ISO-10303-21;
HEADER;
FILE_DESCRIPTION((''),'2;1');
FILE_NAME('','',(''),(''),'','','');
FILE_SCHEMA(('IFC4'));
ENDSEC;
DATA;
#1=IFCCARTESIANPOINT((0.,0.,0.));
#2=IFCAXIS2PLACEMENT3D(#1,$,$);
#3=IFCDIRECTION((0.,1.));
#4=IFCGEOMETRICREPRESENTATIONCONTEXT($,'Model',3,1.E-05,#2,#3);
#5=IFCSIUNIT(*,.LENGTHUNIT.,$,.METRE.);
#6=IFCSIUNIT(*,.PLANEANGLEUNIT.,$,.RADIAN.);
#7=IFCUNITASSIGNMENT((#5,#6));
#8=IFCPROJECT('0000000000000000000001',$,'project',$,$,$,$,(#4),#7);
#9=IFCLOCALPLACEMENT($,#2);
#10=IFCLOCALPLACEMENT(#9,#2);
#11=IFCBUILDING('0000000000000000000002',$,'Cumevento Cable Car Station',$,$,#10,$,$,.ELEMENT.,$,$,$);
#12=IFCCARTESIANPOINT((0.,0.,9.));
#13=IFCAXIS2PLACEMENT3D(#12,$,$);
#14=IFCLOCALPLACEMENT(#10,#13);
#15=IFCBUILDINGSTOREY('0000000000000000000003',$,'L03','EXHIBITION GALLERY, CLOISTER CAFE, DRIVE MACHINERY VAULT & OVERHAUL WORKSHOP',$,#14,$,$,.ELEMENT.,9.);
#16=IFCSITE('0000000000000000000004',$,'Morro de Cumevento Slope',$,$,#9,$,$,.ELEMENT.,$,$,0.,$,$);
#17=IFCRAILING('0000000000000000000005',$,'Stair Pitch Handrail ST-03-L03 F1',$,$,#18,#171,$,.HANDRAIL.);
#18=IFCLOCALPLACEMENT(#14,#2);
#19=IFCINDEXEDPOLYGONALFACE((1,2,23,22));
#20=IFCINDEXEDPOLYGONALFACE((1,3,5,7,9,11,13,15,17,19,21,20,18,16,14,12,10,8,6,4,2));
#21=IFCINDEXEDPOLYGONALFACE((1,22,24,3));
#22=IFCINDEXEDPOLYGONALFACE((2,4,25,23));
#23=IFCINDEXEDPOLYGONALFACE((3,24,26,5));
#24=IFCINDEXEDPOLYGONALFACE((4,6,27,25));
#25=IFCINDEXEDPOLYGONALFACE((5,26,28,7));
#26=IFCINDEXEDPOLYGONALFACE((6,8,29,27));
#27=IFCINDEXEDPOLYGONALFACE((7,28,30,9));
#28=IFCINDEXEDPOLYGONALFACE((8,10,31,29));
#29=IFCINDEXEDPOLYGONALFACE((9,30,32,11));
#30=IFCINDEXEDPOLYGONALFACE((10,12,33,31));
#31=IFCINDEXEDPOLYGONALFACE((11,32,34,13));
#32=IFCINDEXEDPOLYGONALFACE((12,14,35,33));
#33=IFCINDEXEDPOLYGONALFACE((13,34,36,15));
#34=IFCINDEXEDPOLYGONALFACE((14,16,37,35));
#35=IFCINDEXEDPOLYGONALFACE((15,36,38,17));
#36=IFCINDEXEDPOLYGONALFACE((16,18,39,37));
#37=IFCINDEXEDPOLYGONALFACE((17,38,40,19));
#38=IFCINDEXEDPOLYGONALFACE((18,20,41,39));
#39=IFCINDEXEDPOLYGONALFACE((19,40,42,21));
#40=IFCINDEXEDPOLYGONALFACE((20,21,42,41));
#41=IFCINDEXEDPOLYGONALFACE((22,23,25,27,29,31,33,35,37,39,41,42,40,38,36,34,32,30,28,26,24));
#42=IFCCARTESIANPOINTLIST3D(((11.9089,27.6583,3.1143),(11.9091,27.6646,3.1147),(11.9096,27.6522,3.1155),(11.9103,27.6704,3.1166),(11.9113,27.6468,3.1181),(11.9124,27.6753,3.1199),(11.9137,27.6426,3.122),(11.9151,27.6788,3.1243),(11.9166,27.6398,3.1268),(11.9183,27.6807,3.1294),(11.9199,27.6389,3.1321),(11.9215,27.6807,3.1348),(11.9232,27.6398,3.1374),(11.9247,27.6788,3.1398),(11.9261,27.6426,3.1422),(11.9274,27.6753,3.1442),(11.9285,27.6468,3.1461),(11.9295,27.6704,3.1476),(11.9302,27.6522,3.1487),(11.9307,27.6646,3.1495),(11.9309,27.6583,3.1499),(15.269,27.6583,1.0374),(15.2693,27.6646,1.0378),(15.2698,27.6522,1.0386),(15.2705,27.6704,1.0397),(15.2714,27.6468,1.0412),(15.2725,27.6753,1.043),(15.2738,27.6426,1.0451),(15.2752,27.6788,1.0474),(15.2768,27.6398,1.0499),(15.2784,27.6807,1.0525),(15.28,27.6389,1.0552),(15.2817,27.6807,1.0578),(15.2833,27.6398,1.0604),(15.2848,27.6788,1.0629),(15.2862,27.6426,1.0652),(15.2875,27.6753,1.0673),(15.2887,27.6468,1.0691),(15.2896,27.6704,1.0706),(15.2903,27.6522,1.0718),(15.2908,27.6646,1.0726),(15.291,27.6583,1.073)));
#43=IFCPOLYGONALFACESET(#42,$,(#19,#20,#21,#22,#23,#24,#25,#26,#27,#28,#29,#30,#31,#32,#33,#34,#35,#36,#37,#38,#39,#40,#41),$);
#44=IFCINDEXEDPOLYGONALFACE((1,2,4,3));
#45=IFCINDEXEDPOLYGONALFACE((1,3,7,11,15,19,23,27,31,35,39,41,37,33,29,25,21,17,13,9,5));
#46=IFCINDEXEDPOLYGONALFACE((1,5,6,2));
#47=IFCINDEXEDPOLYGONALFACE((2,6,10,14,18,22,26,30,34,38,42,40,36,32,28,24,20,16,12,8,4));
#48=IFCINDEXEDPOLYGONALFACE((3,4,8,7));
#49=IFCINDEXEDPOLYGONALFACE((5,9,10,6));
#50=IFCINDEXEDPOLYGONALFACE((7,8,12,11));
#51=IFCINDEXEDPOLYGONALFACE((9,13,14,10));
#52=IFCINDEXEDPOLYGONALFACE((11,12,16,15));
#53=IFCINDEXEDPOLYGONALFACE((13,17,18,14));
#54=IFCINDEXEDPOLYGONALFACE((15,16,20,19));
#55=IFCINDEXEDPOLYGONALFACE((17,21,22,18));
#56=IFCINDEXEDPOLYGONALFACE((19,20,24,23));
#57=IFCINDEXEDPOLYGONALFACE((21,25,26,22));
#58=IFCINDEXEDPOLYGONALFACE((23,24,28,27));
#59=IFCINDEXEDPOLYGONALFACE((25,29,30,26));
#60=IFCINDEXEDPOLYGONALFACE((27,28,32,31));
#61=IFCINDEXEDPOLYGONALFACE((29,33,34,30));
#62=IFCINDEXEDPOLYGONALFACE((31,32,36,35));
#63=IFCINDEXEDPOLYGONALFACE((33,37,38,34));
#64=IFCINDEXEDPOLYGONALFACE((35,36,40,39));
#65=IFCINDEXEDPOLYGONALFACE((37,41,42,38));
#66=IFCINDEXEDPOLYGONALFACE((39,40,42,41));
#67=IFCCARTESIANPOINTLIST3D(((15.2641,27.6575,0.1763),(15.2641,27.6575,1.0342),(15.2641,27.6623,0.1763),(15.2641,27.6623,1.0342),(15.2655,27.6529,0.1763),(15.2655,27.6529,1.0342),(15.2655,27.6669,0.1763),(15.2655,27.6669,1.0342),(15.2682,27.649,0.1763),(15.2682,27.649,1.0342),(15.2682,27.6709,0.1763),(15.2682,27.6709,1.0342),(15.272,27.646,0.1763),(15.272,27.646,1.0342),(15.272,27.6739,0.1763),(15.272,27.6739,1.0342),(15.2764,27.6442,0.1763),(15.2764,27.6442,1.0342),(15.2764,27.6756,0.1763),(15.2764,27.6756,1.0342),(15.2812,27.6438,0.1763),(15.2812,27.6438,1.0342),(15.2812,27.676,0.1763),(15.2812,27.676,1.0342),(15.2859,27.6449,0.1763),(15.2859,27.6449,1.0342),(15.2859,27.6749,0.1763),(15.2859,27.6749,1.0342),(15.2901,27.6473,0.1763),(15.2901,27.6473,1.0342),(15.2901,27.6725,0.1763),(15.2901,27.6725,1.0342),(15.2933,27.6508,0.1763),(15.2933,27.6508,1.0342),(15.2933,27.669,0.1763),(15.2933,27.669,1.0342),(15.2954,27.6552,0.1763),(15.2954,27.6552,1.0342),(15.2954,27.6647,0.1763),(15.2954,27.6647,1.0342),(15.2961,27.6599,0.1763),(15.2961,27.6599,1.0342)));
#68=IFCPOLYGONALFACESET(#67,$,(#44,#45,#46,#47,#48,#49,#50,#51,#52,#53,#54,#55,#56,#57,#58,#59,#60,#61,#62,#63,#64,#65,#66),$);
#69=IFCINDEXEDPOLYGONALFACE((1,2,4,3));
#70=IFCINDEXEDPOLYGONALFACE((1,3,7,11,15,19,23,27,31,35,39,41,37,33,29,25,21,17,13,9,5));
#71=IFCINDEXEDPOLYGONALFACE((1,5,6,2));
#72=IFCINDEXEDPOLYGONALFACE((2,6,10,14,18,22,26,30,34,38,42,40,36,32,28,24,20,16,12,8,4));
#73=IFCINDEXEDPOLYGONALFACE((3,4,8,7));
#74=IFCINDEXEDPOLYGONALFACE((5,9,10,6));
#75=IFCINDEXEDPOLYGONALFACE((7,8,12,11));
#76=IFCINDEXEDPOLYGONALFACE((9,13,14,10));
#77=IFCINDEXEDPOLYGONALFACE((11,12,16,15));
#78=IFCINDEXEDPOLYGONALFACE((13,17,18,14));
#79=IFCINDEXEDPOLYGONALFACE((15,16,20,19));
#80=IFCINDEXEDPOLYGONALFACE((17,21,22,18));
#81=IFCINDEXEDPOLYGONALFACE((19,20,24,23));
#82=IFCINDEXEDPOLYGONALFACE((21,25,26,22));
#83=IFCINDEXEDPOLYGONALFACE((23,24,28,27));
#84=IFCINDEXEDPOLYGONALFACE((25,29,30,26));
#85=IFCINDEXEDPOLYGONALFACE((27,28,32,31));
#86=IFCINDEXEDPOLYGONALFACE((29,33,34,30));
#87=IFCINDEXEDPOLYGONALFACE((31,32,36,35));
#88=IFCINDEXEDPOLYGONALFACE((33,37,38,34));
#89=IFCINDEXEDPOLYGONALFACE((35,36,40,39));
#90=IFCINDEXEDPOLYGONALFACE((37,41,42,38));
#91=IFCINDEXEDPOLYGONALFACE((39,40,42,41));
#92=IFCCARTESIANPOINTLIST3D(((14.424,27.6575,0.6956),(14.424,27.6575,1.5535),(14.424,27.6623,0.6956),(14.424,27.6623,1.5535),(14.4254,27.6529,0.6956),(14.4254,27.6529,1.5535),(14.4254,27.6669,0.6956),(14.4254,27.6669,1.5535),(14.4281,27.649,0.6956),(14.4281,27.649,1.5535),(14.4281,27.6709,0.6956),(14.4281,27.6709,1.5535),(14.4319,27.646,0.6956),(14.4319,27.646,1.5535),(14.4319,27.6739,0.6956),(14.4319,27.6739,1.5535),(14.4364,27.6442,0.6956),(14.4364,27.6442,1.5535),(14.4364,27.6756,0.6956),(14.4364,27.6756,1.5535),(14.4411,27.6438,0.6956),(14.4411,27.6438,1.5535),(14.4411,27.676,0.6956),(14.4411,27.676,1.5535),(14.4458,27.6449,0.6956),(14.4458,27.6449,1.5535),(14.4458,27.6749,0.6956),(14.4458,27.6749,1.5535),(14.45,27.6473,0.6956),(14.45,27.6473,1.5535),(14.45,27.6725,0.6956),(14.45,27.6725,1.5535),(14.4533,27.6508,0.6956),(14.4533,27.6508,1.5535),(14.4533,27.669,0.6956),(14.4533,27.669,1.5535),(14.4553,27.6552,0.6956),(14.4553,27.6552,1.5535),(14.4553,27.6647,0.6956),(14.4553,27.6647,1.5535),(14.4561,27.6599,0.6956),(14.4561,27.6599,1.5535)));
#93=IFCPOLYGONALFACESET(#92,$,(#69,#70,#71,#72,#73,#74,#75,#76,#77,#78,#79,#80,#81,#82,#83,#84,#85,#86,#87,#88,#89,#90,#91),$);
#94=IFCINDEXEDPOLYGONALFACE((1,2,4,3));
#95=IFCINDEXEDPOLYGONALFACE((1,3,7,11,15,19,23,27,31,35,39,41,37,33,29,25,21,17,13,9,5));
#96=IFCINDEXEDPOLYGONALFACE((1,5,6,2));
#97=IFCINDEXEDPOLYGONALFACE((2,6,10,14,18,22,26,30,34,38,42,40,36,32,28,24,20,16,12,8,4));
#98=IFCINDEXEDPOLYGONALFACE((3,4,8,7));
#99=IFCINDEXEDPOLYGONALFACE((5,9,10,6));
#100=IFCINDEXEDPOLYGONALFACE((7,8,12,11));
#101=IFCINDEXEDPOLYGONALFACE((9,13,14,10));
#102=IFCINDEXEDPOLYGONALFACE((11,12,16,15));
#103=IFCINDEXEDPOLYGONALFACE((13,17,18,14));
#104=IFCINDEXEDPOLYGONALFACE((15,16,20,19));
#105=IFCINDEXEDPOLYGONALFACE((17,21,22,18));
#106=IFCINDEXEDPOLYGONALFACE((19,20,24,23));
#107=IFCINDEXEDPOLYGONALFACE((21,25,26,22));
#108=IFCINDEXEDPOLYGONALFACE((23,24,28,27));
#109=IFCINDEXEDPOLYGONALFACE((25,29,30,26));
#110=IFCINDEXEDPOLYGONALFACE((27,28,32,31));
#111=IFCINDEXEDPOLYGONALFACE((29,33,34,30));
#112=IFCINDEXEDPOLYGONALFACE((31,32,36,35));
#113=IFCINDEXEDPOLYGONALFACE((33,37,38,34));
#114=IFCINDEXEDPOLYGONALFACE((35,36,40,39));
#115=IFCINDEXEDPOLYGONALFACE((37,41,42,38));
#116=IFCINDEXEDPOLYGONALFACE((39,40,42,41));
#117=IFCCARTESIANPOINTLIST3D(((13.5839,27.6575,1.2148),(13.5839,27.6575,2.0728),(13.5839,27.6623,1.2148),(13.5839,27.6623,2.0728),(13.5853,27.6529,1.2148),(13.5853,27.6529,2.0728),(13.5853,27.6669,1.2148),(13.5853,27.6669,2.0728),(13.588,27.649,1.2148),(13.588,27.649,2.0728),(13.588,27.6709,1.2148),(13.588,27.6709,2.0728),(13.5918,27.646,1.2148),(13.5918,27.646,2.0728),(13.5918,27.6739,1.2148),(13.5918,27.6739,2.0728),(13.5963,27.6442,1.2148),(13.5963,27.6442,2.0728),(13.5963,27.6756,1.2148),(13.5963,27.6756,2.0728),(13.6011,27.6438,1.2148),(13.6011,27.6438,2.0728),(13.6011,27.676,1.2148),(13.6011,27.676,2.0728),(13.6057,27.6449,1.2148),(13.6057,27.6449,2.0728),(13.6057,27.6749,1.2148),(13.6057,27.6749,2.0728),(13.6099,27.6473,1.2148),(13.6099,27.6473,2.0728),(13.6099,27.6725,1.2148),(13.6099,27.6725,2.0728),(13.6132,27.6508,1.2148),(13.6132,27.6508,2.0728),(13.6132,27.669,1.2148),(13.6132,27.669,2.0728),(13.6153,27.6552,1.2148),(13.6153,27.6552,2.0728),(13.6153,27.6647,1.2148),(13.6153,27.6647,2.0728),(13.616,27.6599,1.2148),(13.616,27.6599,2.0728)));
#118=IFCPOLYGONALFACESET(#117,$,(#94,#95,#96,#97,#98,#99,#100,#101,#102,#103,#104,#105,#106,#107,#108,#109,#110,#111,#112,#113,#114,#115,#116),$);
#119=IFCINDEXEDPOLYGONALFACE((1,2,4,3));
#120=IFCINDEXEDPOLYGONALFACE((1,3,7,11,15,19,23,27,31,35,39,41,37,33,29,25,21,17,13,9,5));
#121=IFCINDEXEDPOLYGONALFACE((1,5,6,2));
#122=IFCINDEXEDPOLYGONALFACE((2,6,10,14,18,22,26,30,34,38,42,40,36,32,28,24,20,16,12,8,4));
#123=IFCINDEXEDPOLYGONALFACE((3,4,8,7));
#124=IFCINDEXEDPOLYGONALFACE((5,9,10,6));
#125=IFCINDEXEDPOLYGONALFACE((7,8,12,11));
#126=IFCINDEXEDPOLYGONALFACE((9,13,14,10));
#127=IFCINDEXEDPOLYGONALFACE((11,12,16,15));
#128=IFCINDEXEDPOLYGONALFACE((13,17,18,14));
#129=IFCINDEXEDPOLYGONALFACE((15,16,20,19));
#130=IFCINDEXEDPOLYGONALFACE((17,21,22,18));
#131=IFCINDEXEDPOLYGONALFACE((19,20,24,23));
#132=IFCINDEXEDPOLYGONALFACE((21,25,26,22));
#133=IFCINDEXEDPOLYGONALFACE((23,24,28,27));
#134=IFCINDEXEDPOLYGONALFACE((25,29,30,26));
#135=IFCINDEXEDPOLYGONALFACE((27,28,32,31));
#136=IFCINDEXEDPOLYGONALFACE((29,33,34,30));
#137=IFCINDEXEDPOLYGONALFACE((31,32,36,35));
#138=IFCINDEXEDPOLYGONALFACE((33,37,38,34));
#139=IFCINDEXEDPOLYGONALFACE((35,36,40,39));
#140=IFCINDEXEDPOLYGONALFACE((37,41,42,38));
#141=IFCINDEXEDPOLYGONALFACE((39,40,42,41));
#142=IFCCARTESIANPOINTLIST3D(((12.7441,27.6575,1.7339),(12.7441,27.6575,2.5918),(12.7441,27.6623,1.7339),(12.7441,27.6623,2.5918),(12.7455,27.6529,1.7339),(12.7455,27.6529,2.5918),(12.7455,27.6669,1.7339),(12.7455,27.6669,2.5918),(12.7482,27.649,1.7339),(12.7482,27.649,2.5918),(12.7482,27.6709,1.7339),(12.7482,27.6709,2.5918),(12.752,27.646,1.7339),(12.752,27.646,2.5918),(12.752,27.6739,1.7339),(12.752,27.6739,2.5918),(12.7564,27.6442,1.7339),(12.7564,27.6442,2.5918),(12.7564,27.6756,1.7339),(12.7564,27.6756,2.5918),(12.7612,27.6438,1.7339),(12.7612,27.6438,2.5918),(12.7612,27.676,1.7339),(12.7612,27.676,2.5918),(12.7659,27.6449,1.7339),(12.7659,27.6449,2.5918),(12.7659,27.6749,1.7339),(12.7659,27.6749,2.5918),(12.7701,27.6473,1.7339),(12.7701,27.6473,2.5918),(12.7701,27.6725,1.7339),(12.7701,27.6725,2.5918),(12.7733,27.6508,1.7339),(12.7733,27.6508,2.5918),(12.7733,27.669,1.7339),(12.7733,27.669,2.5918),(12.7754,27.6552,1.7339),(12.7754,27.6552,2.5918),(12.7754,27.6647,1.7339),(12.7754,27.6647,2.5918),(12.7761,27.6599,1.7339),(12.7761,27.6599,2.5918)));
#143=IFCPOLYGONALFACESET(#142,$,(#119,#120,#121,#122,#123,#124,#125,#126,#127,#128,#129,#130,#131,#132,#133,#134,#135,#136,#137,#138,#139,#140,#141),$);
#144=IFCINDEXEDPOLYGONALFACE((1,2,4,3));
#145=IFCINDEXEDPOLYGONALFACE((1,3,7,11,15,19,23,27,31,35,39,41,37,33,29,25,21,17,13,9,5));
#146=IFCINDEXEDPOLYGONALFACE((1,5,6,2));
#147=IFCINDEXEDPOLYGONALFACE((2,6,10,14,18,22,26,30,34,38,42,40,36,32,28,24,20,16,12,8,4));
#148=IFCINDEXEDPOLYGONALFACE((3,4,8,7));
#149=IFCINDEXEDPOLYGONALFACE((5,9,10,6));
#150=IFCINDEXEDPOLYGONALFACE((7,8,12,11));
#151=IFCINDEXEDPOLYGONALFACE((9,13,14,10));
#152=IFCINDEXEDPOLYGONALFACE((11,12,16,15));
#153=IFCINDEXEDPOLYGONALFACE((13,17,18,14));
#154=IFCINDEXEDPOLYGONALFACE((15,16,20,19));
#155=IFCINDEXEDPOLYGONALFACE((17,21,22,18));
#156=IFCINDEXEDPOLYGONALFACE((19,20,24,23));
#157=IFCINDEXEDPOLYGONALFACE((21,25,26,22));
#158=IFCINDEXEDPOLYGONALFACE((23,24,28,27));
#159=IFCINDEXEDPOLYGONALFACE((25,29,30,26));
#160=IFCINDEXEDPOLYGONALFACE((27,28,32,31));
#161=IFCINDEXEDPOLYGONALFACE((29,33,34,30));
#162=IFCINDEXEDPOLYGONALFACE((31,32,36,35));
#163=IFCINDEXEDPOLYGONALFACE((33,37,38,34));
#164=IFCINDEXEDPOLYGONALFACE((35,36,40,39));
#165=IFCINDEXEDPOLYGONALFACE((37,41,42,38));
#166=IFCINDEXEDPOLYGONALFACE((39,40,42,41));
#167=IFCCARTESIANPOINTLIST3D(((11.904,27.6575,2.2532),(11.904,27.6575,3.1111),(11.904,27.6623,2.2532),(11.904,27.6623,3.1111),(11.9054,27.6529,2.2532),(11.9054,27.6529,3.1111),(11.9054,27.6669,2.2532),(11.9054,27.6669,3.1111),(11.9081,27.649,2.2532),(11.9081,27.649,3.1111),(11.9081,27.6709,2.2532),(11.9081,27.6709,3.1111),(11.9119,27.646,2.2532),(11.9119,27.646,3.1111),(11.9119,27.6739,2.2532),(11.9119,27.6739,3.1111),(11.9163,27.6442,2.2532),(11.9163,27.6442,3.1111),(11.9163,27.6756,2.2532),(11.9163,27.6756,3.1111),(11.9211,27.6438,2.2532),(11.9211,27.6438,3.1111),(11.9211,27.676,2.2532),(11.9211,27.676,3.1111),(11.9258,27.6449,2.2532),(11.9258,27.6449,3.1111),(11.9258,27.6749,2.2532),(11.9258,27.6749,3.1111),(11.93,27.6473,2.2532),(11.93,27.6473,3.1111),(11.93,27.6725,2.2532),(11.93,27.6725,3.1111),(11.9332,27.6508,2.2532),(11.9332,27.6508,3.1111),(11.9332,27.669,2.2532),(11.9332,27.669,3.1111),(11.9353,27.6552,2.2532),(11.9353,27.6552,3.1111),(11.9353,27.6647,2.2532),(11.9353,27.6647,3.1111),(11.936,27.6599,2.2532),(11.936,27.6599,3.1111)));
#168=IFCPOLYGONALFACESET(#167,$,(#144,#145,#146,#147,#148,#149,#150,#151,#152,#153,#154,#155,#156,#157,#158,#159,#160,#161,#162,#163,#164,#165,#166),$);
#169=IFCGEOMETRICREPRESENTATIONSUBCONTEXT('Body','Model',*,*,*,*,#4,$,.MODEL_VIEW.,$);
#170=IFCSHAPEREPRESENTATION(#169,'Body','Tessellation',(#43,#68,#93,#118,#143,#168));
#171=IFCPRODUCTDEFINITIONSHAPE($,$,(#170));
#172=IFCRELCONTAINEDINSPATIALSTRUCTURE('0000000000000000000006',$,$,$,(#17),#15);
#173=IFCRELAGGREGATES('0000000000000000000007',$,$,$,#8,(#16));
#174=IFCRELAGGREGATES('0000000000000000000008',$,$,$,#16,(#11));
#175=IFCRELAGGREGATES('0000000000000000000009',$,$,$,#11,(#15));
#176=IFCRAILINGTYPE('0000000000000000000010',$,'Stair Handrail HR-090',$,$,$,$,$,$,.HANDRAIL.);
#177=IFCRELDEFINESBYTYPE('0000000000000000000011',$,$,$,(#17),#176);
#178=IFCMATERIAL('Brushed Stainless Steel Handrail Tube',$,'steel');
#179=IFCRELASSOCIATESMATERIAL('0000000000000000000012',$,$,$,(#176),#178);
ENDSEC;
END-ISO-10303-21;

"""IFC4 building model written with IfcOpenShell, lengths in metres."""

from ifc_helpers import new_model, si_unit, direction, frame, origin, origin_2d, place, context, subcontext, project, spatial, circle, extrude, material, type_object, element, save


model = new_model("IFC4")

# Units and contexts
model_context = context("Model", 3, precision=1e-05, world=origin(), true_north=direction((0.0, 1.0)))
body_context = subcontext(model_context, "Body", "Model", "MODEL_VIEW")
ifc_project = project(units=[si_unit("LENGTHUNIT", "METRE"), si_unit("PLANEANGLEUNIT", "RADIAN")], contexts=[model_context])

# Site, building, storey
site_placement = place(None, origin())
site = spatial("IfcSite", under=ifc_project, at=site_placement, Name="Morro de Cumevento Slope", CompositionType="ELEMENT", RefElevation=0.0)
building_placement = place(site_placement, origin())
building = spatial("IfcBuilding", under=site, at=building_placement, Name="Cumevento Cable Car Station", CompositionType="ELEMENT")
storey_placement = place(building_placement, frame((0.0, 0.0, 9.0)))
storey = spatial("IfcBuildingStorey", under=building, at=storey_placement, Name="L03", Description="EXHIBITION GALLERY, CLOISTER CAFE, DRIVE MACHINERY VAULT & OVERHAUL WORKSHOP", CompositionType="ELEMENT", Elevation=9.0)

# Railing
ifc_material_1 = material(Name="Brushed Stainless Steel Handrail Tube", Category="steel")
railing_type_1 = type_object("IfcRailingType", Name="Stair Handrail HR-090", PredefinedType="HANDRAIL", material=ifc_material_1)
railing_1_placement = place(storey_placement, frame((15.28, 27.6599, 0.1763)))
element("IfcRailing", 1, at=railing_1_placement, inside=storey, type_object=railing_type_1, Name="Stair Pitch Handrail ST-03-L03 F1", PredefinedType="HANDRAIL", context=body_context, shape_type="SweptSolid", body=[
    extrude(circle(Radius=0.021, at=origin_2d()), frame((0.0, 0.0, 0.8789), z_axis=(-0.850623, 0.0, 0.525776), x_axis=(0.0, -1.0, 0.0)), (0.0, 0.0, 1.0), 3.9502),
    extrude(circle(Radius=0.0161, at=origin_2d()), origin(), (0.0, 0.0, 1.0), 0.8579),
    extrude(circle(Radius=0.0161, at=origin_2d()), frame((-0.8401, 0.0, 0.5193)), (0.0, 0.0, 1.0), 0.8579),
    extrude(circle(Radius=0.0161, at=origin_2d()), frame((-1.6802, 0.0, 1.0386)), (0.0, 0.0, 1.0), 0.8579),
    extrude(circle(Radius=0.0161, at=origin_2d()), frame((-2.52, 0.0, 1.5576)), (0.0, 0.0, 1.0), 0.8579),
    extrude(circle(Radius=0.0161, at=origin_2d()), frame((-3.3601, 0.0, 2.0769)), (0.0, 0.0, 1.0), 0.8579),
])

save(model, "model.ifc")
